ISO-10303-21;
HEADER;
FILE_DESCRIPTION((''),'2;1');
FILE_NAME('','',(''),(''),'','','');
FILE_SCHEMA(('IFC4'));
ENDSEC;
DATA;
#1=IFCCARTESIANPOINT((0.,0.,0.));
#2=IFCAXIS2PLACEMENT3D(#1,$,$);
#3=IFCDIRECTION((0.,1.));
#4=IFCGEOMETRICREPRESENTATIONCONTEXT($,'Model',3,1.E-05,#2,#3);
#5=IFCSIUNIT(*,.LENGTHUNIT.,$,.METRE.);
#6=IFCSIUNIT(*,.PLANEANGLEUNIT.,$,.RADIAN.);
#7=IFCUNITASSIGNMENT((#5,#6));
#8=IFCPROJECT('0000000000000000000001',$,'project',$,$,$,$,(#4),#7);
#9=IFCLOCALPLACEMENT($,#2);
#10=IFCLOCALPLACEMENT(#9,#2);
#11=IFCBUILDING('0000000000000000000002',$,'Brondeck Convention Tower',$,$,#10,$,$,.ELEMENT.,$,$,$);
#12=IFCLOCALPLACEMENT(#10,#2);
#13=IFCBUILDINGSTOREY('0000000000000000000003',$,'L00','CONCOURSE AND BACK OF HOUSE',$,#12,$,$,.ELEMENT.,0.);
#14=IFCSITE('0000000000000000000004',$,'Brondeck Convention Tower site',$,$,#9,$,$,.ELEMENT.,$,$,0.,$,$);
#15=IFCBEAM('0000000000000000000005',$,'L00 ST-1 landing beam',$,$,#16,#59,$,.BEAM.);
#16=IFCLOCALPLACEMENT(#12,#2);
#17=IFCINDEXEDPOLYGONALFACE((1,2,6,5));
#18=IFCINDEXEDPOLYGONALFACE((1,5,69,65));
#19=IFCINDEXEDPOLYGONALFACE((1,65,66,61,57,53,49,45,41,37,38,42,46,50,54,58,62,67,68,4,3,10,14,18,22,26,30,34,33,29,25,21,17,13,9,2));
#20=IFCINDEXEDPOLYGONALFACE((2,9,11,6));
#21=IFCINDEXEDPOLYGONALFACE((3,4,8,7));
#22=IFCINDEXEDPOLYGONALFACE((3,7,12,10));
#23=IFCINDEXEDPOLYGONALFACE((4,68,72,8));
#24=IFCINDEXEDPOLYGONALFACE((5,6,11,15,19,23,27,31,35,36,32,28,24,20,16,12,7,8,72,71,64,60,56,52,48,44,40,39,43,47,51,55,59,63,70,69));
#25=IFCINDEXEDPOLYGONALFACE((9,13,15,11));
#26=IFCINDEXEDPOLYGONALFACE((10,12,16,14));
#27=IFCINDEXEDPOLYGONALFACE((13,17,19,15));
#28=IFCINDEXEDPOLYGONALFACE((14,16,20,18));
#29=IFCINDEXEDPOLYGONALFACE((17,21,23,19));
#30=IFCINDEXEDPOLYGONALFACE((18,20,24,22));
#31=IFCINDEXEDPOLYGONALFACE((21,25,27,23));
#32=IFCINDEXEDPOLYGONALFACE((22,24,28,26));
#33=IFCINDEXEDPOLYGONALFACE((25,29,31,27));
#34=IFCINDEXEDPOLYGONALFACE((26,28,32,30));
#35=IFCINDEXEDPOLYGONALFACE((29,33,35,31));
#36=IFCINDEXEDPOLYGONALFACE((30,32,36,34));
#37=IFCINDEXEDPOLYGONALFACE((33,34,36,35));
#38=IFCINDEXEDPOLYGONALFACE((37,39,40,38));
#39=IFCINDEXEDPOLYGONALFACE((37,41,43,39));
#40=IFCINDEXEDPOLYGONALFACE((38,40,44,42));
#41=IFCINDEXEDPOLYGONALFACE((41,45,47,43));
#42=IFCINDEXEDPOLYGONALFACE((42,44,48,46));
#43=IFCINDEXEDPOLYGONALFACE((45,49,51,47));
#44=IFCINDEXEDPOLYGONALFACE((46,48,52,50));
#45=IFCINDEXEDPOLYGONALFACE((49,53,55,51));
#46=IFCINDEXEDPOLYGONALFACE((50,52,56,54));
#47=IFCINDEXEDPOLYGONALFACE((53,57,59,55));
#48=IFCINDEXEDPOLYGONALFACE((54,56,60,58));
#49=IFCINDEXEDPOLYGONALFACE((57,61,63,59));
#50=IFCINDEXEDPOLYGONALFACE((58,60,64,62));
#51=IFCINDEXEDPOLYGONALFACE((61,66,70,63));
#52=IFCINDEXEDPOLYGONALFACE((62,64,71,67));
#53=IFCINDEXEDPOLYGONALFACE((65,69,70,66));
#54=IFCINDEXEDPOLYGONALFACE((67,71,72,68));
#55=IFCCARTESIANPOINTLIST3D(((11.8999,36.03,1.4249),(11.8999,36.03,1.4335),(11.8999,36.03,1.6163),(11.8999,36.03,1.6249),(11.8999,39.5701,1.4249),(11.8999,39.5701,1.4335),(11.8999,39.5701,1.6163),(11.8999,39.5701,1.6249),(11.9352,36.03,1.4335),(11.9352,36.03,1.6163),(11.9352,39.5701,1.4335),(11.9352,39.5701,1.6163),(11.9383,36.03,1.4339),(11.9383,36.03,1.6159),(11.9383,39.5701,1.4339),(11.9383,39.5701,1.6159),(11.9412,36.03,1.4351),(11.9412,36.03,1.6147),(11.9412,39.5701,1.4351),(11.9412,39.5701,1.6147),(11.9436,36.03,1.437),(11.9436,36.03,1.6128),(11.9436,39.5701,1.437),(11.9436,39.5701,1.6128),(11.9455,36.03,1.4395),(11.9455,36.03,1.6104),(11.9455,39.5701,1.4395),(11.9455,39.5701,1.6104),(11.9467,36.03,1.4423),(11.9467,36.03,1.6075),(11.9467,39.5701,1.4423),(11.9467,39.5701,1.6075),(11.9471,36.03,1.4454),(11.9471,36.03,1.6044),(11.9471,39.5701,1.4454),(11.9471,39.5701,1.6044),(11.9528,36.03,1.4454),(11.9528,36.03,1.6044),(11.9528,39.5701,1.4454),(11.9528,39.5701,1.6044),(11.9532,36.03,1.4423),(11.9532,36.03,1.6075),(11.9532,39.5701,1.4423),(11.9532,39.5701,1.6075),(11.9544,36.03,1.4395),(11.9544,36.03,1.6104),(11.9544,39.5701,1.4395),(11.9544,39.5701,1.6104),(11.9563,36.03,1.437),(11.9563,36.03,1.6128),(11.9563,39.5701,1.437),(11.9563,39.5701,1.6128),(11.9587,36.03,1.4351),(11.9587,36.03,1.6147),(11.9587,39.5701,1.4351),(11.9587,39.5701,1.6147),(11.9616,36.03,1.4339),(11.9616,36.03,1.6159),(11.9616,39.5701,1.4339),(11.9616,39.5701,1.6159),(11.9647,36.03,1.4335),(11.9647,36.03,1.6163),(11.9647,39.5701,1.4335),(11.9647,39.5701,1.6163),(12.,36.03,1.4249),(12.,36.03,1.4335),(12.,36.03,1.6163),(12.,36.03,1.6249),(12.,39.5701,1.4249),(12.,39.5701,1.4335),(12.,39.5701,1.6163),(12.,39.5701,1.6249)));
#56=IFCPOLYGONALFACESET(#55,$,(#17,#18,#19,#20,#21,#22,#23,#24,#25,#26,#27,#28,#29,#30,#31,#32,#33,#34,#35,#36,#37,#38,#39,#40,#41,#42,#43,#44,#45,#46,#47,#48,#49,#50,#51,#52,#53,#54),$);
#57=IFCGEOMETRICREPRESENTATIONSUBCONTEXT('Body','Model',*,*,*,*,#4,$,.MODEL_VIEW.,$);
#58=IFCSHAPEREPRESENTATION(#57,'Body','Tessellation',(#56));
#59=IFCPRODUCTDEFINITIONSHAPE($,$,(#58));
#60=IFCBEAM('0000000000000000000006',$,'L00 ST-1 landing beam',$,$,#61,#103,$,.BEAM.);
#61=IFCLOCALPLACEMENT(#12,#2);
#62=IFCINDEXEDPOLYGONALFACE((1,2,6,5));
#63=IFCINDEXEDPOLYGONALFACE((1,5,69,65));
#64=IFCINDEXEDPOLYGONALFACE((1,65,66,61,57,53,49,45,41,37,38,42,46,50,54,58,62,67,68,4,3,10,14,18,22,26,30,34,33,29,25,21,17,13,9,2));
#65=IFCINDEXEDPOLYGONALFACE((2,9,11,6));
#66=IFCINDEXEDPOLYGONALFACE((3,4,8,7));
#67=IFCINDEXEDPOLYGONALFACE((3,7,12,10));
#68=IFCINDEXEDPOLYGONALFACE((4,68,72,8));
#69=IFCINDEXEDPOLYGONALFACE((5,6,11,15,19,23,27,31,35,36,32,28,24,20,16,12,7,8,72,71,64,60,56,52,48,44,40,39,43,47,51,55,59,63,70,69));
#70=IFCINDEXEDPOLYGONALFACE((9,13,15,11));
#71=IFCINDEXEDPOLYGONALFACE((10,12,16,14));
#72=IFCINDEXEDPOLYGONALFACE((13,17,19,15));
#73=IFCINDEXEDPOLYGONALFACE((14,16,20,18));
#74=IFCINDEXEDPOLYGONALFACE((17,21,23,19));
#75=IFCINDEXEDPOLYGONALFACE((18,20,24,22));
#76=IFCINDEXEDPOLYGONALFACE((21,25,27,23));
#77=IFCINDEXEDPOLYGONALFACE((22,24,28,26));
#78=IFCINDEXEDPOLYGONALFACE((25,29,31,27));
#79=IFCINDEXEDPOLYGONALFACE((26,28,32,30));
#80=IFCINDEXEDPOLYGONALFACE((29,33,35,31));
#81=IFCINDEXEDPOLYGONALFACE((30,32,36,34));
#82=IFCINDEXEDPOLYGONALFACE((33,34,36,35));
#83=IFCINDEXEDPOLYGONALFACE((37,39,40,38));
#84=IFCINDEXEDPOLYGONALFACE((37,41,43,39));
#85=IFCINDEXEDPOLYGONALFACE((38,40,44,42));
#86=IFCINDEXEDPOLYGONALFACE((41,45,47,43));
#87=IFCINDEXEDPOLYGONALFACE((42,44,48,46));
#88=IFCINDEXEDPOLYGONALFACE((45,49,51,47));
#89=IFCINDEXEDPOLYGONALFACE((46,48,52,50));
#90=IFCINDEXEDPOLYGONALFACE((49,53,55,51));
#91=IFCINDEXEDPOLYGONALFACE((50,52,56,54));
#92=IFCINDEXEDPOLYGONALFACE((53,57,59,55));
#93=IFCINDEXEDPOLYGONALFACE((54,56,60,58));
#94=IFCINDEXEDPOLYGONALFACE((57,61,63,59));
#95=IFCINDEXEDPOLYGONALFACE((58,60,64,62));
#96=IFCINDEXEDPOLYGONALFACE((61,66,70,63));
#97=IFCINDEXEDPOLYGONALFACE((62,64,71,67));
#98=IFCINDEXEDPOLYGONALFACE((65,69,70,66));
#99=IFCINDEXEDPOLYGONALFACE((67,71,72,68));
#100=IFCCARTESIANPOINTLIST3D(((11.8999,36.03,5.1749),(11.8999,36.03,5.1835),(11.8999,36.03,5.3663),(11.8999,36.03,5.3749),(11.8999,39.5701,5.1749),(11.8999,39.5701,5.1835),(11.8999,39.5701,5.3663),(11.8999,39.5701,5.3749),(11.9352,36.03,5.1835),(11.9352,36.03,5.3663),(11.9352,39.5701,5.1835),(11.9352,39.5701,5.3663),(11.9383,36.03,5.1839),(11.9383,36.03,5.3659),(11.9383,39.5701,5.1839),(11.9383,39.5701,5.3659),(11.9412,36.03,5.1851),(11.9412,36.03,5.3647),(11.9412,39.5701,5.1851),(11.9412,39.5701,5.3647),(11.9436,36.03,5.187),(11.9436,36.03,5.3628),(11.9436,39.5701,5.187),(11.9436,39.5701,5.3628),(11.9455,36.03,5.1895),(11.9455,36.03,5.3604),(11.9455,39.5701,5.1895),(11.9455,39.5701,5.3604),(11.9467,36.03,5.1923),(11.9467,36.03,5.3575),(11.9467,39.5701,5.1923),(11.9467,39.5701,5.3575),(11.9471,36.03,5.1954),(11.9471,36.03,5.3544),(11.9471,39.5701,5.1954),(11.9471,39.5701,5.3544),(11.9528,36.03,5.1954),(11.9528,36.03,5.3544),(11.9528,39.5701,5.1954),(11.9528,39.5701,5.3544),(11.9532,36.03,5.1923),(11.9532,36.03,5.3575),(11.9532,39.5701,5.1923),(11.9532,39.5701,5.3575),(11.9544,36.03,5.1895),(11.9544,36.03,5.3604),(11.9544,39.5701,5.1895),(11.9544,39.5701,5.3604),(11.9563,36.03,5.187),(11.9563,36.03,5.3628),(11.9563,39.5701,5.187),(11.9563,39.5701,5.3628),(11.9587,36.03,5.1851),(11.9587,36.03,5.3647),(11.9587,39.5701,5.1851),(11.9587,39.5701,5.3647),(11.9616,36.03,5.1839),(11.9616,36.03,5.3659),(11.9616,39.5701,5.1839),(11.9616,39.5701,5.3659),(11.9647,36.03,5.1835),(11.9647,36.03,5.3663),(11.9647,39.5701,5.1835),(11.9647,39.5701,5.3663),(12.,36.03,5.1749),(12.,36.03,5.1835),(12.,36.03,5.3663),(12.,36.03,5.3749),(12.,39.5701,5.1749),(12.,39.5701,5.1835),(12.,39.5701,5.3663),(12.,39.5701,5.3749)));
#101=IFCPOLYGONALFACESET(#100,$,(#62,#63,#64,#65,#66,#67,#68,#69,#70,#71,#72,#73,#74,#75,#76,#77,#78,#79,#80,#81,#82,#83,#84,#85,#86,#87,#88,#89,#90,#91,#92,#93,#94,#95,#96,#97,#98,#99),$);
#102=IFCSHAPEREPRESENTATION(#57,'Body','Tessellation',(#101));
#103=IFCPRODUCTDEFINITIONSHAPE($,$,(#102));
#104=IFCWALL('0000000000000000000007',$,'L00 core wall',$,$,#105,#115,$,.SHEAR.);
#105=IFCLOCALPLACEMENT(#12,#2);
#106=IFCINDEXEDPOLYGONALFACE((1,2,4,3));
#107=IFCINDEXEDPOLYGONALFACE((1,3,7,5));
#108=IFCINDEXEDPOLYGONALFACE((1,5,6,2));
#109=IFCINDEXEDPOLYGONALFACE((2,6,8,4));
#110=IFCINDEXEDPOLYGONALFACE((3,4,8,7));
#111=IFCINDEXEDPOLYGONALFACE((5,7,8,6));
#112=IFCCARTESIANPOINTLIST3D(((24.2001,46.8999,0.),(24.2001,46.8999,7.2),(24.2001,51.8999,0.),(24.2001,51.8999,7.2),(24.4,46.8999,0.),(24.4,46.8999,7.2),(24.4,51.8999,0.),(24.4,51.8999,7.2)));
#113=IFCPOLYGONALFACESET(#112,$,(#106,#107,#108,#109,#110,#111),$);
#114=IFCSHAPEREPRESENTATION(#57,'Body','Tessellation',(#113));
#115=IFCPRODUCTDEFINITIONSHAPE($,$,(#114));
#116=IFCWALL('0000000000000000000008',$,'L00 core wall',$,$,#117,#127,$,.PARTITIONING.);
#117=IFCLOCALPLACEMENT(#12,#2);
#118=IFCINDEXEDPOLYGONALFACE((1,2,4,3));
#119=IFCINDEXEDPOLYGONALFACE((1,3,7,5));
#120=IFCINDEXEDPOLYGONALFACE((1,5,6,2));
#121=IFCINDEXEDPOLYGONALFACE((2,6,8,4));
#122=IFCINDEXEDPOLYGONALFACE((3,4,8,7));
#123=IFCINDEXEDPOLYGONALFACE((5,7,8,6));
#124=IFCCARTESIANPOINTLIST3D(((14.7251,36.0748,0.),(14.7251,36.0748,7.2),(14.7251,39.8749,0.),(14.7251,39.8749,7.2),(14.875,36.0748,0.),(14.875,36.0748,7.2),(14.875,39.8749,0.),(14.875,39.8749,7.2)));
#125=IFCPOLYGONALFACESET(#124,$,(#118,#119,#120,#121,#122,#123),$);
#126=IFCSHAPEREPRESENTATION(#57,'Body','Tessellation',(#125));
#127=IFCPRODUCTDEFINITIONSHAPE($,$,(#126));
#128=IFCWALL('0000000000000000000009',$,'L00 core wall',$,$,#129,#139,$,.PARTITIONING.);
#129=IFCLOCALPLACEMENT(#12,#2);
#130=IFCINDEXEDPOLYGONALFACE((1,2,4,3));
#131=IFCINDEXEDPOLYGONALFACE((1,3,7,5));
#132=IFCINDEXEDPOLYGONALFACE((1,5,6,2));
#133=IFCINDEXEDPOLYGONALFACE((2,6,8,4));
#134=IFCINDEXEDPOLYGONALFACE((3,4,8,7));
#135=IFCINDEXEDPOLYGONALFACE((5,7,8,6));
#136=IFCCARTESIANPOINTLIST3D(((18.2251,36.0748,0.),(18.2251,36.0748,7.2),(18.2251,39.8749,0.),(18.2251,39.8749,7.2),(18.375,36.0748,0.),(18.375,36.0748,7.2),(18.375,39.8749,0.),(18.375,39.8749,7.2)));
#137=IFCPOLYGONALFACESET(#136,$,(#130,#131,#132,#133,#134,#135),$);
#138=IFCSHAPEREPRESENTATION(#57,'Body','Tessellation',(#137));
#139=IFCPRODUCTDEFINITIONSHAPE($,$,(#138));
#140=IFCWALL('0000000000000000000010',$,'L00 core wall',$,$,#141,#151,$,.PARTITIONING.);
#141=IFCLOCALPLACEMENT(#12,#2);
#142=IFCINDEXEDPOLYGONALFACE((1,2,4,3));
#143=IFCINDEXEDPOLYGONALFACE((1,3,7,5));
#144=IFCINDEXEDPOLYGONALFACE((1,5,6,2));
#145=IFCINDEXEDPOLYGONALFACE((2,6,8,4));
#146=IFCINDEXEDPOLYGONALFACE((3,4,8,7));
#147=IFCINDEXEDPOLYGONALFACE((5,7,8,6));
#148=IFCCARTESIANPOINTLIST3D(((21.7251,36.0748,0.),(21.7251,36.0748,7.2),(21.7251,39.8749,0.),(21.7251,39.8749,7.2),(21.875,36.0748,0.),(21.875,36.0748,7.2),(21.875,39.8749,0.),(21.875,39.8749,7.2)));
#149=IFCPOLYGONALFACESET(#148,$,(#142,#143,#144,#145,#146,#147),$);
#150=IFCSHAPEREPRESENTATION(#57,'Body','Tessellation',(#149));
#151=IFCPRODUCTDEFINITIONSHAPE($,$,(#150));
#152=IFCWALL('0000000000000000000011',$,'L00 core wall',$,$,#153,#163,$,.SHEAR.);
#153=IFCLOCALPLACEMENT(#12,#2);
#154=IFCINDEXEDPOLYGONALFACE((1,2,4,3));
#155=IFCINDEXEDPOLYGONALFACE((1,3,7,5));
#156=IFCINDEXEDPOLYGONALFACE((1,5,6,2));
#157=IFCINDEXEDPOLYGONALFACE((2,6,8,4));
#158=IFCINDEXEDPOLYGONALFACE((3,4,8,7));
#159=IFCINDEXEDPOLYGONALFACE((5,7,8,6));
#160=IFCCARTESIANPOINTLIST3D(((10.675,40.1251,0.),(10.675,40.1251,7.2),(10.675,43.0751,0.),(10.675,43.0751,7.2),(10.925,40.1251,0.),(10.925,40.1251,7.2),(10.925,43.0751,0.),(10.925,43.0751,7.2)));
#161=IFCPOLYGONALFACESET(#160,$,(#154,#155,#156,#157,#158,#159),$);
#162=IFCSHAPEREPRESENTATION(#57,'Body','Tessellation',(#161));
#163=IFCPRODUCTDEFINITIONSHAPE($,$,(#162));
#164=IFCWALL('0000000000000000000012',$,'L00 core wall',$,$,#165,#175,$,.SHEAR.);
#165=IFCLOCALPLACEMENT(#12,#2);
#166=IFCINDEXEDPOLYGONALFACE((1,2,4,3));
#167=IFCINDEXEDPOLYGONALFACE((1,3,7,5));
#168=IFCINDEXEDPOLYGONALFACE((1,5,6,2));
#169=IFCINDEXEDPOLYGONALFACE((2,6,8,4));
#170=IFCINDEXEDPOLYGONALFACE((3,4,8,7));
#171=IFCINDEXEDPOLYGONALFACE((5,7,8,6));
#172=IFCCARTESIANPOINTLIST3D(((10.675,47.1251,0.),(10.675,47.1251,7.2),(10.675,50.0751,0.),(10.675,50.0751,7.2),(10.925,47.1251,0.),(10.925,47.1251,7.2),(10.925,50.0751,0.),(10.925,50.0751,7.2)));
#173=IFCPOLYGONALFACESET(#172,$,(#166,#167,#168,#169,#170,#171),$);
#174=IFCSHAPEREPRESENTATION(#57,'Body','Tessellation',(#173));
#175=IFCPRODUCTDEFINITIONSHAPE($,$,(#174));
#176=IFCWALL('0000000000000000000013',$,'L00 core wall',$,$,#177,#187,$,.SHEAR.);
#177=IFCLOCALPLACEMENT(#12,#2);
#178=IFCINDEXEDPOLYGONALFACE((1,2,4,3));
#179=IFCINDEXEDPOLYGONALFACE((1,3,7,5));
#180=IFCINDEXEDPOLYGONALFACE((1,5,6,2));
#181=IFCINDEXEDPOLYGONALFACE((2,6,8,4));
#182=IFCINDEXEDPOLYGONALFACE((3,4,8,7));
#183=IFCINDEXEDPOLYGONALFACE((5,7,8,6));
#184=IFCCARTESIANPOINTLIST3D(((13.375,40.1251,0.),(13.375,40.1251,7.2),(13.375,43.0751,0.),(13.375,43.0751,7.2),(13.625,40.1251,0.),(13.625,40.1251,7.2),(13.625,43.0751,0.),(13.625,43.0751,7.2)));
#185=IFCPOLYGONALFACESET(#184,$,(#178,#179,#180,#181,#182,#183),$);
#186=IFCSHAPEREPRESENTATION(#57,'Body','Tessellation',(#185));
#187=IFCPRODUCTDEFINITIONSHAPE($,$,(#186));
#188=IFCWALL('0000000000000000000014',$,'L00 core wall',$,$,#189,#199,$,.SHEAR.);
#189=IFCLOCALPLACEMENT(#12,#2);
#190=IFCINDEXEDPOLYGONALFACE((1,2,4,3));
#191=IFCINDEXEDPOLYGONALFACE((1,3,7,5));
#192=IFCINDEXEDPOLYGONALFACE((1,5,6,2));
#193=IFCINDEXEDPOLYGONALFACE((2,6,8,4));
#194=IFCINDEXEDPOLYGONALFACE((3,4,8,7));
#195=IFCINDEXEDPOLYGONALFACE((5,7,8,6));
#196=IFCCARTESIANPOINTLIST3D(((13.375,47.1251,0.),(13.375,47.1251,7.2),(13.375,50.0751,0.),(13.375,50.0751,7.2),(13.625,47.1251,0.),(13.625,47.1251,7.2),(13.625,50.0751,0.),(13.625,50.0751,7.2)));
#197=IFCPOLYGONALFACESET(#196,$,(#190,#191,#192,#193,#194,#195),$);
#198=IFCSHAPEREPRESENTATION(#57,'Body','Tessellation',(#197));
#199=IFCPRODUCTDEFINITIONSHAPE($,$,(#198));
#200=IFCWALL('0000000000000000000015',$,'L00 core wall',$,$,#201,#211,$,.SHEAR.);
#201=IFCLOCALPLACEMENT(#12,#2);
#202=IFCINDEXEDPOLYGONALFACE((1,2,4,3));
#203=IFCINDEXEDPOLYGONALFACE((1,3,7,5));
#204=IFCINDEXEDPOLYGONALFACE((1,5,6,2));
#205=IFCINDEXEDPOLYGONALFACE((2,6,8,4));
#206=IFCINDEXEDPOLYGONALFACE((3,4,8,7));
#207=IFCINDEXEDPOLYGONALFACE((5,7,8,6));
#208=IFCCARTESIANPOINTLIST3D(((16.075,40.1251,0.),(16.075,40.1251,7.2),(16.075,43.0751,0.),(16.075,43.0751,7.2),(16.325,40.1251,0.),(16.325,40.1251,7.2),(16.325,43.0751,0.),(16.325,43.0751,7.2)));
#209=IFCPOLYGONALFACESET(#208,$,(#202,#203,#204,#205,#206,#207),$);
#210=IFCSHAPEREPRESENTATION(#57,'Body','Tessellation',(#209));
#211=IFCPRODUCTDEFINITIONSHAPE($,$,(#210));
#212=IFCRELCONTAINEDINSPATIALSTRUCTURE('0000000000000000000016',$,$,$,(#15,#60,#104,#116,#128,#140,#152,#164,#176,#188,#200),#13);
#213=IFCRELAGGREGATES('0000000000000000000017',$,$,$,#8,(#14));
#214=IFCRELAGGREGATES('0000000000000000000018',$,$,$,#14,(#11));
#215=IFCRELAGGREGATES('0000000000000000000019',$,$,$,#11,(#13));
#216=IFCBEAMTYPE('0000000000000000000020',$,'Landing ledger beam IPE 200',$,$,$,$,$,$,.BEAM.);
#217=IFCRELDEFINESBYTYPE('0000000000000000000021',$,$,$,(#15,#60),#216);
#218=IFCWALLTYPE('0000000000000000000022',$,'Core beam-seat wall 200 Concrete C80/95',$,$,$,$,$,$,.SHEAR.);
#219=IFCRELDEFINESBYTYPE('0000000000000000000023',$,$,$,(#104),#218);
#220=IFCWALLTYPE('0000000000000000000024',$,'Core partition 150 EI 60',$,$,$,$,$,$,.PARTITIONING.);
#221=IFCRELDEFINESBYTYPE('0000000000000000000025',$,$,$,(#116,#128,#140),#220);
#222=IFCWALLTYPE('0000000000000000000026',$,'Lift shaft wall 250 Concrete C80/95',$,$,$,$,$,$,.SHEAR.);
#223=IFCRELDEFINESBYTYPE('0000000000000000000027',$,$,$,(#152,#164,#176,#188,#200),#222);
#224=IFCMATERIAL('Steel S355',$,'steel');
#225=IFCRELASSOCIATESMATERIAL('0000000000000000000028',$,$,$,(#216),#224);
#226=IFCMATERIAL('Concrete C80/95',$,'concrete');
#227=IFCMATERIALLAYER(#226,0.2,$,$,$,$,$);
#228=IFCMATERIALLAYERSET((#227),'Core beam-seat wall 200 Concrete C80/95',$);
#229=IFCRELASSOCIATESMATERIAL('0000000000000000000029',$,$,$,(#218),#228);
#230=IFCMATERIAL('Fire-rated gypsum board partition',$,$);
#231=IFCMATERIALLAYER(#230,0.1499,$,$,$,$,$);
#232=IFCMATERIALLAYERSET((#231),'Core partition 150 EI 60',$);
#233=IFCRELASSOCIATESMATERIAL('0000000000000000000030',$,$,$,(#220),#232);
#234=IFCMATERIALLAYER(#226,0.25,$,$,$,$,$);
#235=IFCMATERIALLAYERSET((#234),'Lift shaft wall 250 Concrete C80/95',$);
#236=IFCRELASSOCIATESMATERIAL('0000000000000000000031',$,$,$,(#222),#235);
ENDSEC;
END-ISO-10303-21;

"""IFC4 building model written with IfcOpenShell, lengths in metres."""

from ifc_helpers import new_model, si_unit, direction, frame, frame_2d, origin, origin_2d, place, context, subcontext, project, spatial, rectangle, i_section, extrude, material, layer, layer_set, material_profile, profile_set, type_object, element, save


model = new_model("IFC4")

# Units and contexts
model_context = context("Model", 3, precision=1e-05, world=origin(), true_north=direction((0.0, 1.0)))
body_context = subcontext(model_context, "Body", "Model", "MODEL_VIEW")
ifc_project = project(units=[si_unit("LENGTHUNIT", "METRE"), si_unit("PLANEANGLEUNIT", "RADIAN")], contexts=[model_context])

# Site, building, storey
site_placement = place(None, origin())
site = spatial("IfcSite", under=ifc_project, at=site_placement, Name="Brondeck Convention Tower site", CompositionType="ELEMENT", RefElevation=0.0)
building_placement = place(site_placement, origin())
building = spatial("IfcBuilding", under=site, at=building_placement, Name="Brondeck Convention Tower", CompositionType="ELEMENT")
storey_placement = place(building_placement, origin())
storey = spatial("IfcBuildingStorey", under=building, at=storey_placement, Name="L00", Description="CONCOURSE AND BACK OF HOUSE", CompositionType="ELEMENT", Elevation=0.0)

# Beams
ifc_material_1 = material(Name="Steel S355", Category="steel")
ifc_material_profile = material_profile(ifc_material_1, i_section(OverallWidth=0.1001, OverallDepth=0.2, WebThickness=0.0056, FlangeThickness=0.0085, FilletRadius=0.012, at=origin_2d()), Name="IPE200")
ifc_profile_set = profile_set([ifc_material_profile], Name="Steel S355")
beam_type = type_object("IfcBeamType", Name="Landing ledger beam IPE 200", PredefinedType="BEAM", material=ifc_profile_set)
for number, where, z_axis, x_axis, name in (
    (1, (11.95, 36.03, 1.5249), (0.0, 1.0, 0.0), (-1.0, 0.0, 0.0), "L00 ST-1 landing beam"),
    (2, (11.95, 36.03, 5.2749), (0.0, 1.0, 0.0), (-1.0, 0.0, 0.0), "L00 ST-1 landing beam"),
):
    element("IfcBeam", number, at=place(storey_placement, frame(where, z_axis=z_axis, x_axis=x_axis)), inside=storey, type_object=beam_type, Name=name, PredefinedType="BEAM", context=body_context, shape_type="SweptSolid", body=[
        extrude(i_section(OverallWidth=0.1001, OverallDepth=0.2, WebThickness=0.0056, FlangeThickness=0.0085, FilletRadius=0.012, at=origin_2d()), origin(), (0.0, 0.0, 1.0), 3.54),
    ])

# Walls
ifc_material_2 = material(Name="Concrete C80/95", Category="concrete")
ifc_layer_1 = layer(ifc_material_2, 0.2)
ifc_layer_set_1 = layer_set([ifc_layer_1], Name="Core beam-seat wall 200 Concrete C80/95")
wall_type_1 = type_object("IfcWallType", Name="Core beam-seat wall 200 Concrete C80/95", PredefinedType="SHEAR", material=ifc_layer_set_1)
wall_1_placement = place(storey_placement, frame((24.3, 46.8999, 0.0), z_axis=(0.0, 0.0, 1.0), x_axis=(0.0, 1.0, 0.0)))
element("IfcWall", 3, at=wall_1_placement, inside=storey, type_object=wall_type_1, Name="L00 core wall", PredefinedType="SHEAR", context=body_context, shape_type="SweptSolid", body=[
    extrude(rectangle(XDim=5.0, YDim=0.2, at=frame_2d((2.5, 0.0))), origin(), (0.0, 0.0, 1.0), 7.2),
])
ifc_material_3 = material(Name="Fire-rated gypsum board partition")
ifc_layer_2 = layer(ifc_material_3, 0.1499)
ifc_layer_set_2 = layer_set([ifc_layer_2], Name="Core partition 150 EI 60")
wall_type_2 = type_object("IfcWallType", Name="Core partition 150 EI 60", PredefinedType="PARTITIONING", material=ifc_layer_set_2)
for number, where, z_axis, x_axis, name in (
    (4, (14.8, 36.075, 0.0), (0.0, 0.0, 1.0), (0.0, 1.0, 0.0), "L00 core wall"),
    (5, (18.3, 36.075, 0.0), (0.0, 0.0, 1.0), (0.0, 1.0, 0.0), "L00 core wall"),
    (6, (21.8, 36.075, 0.0), (0.0, 0.0, 1.0), (0.0, 1.0, 0.0), "L00 core wall"),
):
    element("IfcWall", number, at=place(storey_placement, frame(where, z_axis=z_axis, x_axis=x_axis)), inside=storey, type_object=wall_type_2, Name=name, PredefinedType="PARTITIONING", context=body_context, shape_type="SweptSolid", body=[
        extrude(rectangle(XDim=3.8, YDim=0.1499, at=frame_2d((1.8999, 0.0))), origin(), (0.0, 0.0, 1.0), 7.2),
    ])
ifc_layer_3 = layer(ifc_material_2, 0.25)
ifc_layer_set_3 = layer_set([ifc_layer_3], Name="Lift shaft wall 250 Concrete C80/95")
wall_type_3 = type_object("IfcWallType", Name="Lift shaft wall 250 Concrete C80/95", PredefinedType="SHEAR", material=ifc_layer_set_3)
for number, where, z_axis, x_axis, name in (
    (7, (10.8, 40.125, 0.0), (0.0, 0.0, 1.0), (0.0, 1.0, 0.0), "L00 core wall"),
    (8, (10.8, 47.125, 0.0), (0.0, 0.0, 1.0), (0.0, 1.0, 0.0), "L00 core wall"),
    (9, (13.5, 40.125, 0.0), (0.0, 0.0, 1.0), (0.0, 1.0, 0.0), "L00 core wall"),
    (10, (13.5, 47.125, 0.0), (0.0, 0.0, 1.0), (0.0, 1.0, 0.0), "L00 core wall"),
    (11, (16.2, 40.125, 0.0), (0.0, 0.0, 1.0), (0.0, 1.0, 0.0), "L00 core wall"),
):
    element("IfcWall", number, at=place(storey_placement, frame(where, z_axis=z_axis, x_axis=x_axis)), inside=storey, type_object=wall_type_3, Name=name, PredefinedType="SHEAR", context=body_context, shape_type="SweptSolid", body=[
        extrude(rectangle(XDim=2.95, YDim=0.25, at=frame_2d((1.4751, 0.0))), origin(), (0.0, 0.0, 1.0), 7.2),
    ])

save(model, "model.ifc")
